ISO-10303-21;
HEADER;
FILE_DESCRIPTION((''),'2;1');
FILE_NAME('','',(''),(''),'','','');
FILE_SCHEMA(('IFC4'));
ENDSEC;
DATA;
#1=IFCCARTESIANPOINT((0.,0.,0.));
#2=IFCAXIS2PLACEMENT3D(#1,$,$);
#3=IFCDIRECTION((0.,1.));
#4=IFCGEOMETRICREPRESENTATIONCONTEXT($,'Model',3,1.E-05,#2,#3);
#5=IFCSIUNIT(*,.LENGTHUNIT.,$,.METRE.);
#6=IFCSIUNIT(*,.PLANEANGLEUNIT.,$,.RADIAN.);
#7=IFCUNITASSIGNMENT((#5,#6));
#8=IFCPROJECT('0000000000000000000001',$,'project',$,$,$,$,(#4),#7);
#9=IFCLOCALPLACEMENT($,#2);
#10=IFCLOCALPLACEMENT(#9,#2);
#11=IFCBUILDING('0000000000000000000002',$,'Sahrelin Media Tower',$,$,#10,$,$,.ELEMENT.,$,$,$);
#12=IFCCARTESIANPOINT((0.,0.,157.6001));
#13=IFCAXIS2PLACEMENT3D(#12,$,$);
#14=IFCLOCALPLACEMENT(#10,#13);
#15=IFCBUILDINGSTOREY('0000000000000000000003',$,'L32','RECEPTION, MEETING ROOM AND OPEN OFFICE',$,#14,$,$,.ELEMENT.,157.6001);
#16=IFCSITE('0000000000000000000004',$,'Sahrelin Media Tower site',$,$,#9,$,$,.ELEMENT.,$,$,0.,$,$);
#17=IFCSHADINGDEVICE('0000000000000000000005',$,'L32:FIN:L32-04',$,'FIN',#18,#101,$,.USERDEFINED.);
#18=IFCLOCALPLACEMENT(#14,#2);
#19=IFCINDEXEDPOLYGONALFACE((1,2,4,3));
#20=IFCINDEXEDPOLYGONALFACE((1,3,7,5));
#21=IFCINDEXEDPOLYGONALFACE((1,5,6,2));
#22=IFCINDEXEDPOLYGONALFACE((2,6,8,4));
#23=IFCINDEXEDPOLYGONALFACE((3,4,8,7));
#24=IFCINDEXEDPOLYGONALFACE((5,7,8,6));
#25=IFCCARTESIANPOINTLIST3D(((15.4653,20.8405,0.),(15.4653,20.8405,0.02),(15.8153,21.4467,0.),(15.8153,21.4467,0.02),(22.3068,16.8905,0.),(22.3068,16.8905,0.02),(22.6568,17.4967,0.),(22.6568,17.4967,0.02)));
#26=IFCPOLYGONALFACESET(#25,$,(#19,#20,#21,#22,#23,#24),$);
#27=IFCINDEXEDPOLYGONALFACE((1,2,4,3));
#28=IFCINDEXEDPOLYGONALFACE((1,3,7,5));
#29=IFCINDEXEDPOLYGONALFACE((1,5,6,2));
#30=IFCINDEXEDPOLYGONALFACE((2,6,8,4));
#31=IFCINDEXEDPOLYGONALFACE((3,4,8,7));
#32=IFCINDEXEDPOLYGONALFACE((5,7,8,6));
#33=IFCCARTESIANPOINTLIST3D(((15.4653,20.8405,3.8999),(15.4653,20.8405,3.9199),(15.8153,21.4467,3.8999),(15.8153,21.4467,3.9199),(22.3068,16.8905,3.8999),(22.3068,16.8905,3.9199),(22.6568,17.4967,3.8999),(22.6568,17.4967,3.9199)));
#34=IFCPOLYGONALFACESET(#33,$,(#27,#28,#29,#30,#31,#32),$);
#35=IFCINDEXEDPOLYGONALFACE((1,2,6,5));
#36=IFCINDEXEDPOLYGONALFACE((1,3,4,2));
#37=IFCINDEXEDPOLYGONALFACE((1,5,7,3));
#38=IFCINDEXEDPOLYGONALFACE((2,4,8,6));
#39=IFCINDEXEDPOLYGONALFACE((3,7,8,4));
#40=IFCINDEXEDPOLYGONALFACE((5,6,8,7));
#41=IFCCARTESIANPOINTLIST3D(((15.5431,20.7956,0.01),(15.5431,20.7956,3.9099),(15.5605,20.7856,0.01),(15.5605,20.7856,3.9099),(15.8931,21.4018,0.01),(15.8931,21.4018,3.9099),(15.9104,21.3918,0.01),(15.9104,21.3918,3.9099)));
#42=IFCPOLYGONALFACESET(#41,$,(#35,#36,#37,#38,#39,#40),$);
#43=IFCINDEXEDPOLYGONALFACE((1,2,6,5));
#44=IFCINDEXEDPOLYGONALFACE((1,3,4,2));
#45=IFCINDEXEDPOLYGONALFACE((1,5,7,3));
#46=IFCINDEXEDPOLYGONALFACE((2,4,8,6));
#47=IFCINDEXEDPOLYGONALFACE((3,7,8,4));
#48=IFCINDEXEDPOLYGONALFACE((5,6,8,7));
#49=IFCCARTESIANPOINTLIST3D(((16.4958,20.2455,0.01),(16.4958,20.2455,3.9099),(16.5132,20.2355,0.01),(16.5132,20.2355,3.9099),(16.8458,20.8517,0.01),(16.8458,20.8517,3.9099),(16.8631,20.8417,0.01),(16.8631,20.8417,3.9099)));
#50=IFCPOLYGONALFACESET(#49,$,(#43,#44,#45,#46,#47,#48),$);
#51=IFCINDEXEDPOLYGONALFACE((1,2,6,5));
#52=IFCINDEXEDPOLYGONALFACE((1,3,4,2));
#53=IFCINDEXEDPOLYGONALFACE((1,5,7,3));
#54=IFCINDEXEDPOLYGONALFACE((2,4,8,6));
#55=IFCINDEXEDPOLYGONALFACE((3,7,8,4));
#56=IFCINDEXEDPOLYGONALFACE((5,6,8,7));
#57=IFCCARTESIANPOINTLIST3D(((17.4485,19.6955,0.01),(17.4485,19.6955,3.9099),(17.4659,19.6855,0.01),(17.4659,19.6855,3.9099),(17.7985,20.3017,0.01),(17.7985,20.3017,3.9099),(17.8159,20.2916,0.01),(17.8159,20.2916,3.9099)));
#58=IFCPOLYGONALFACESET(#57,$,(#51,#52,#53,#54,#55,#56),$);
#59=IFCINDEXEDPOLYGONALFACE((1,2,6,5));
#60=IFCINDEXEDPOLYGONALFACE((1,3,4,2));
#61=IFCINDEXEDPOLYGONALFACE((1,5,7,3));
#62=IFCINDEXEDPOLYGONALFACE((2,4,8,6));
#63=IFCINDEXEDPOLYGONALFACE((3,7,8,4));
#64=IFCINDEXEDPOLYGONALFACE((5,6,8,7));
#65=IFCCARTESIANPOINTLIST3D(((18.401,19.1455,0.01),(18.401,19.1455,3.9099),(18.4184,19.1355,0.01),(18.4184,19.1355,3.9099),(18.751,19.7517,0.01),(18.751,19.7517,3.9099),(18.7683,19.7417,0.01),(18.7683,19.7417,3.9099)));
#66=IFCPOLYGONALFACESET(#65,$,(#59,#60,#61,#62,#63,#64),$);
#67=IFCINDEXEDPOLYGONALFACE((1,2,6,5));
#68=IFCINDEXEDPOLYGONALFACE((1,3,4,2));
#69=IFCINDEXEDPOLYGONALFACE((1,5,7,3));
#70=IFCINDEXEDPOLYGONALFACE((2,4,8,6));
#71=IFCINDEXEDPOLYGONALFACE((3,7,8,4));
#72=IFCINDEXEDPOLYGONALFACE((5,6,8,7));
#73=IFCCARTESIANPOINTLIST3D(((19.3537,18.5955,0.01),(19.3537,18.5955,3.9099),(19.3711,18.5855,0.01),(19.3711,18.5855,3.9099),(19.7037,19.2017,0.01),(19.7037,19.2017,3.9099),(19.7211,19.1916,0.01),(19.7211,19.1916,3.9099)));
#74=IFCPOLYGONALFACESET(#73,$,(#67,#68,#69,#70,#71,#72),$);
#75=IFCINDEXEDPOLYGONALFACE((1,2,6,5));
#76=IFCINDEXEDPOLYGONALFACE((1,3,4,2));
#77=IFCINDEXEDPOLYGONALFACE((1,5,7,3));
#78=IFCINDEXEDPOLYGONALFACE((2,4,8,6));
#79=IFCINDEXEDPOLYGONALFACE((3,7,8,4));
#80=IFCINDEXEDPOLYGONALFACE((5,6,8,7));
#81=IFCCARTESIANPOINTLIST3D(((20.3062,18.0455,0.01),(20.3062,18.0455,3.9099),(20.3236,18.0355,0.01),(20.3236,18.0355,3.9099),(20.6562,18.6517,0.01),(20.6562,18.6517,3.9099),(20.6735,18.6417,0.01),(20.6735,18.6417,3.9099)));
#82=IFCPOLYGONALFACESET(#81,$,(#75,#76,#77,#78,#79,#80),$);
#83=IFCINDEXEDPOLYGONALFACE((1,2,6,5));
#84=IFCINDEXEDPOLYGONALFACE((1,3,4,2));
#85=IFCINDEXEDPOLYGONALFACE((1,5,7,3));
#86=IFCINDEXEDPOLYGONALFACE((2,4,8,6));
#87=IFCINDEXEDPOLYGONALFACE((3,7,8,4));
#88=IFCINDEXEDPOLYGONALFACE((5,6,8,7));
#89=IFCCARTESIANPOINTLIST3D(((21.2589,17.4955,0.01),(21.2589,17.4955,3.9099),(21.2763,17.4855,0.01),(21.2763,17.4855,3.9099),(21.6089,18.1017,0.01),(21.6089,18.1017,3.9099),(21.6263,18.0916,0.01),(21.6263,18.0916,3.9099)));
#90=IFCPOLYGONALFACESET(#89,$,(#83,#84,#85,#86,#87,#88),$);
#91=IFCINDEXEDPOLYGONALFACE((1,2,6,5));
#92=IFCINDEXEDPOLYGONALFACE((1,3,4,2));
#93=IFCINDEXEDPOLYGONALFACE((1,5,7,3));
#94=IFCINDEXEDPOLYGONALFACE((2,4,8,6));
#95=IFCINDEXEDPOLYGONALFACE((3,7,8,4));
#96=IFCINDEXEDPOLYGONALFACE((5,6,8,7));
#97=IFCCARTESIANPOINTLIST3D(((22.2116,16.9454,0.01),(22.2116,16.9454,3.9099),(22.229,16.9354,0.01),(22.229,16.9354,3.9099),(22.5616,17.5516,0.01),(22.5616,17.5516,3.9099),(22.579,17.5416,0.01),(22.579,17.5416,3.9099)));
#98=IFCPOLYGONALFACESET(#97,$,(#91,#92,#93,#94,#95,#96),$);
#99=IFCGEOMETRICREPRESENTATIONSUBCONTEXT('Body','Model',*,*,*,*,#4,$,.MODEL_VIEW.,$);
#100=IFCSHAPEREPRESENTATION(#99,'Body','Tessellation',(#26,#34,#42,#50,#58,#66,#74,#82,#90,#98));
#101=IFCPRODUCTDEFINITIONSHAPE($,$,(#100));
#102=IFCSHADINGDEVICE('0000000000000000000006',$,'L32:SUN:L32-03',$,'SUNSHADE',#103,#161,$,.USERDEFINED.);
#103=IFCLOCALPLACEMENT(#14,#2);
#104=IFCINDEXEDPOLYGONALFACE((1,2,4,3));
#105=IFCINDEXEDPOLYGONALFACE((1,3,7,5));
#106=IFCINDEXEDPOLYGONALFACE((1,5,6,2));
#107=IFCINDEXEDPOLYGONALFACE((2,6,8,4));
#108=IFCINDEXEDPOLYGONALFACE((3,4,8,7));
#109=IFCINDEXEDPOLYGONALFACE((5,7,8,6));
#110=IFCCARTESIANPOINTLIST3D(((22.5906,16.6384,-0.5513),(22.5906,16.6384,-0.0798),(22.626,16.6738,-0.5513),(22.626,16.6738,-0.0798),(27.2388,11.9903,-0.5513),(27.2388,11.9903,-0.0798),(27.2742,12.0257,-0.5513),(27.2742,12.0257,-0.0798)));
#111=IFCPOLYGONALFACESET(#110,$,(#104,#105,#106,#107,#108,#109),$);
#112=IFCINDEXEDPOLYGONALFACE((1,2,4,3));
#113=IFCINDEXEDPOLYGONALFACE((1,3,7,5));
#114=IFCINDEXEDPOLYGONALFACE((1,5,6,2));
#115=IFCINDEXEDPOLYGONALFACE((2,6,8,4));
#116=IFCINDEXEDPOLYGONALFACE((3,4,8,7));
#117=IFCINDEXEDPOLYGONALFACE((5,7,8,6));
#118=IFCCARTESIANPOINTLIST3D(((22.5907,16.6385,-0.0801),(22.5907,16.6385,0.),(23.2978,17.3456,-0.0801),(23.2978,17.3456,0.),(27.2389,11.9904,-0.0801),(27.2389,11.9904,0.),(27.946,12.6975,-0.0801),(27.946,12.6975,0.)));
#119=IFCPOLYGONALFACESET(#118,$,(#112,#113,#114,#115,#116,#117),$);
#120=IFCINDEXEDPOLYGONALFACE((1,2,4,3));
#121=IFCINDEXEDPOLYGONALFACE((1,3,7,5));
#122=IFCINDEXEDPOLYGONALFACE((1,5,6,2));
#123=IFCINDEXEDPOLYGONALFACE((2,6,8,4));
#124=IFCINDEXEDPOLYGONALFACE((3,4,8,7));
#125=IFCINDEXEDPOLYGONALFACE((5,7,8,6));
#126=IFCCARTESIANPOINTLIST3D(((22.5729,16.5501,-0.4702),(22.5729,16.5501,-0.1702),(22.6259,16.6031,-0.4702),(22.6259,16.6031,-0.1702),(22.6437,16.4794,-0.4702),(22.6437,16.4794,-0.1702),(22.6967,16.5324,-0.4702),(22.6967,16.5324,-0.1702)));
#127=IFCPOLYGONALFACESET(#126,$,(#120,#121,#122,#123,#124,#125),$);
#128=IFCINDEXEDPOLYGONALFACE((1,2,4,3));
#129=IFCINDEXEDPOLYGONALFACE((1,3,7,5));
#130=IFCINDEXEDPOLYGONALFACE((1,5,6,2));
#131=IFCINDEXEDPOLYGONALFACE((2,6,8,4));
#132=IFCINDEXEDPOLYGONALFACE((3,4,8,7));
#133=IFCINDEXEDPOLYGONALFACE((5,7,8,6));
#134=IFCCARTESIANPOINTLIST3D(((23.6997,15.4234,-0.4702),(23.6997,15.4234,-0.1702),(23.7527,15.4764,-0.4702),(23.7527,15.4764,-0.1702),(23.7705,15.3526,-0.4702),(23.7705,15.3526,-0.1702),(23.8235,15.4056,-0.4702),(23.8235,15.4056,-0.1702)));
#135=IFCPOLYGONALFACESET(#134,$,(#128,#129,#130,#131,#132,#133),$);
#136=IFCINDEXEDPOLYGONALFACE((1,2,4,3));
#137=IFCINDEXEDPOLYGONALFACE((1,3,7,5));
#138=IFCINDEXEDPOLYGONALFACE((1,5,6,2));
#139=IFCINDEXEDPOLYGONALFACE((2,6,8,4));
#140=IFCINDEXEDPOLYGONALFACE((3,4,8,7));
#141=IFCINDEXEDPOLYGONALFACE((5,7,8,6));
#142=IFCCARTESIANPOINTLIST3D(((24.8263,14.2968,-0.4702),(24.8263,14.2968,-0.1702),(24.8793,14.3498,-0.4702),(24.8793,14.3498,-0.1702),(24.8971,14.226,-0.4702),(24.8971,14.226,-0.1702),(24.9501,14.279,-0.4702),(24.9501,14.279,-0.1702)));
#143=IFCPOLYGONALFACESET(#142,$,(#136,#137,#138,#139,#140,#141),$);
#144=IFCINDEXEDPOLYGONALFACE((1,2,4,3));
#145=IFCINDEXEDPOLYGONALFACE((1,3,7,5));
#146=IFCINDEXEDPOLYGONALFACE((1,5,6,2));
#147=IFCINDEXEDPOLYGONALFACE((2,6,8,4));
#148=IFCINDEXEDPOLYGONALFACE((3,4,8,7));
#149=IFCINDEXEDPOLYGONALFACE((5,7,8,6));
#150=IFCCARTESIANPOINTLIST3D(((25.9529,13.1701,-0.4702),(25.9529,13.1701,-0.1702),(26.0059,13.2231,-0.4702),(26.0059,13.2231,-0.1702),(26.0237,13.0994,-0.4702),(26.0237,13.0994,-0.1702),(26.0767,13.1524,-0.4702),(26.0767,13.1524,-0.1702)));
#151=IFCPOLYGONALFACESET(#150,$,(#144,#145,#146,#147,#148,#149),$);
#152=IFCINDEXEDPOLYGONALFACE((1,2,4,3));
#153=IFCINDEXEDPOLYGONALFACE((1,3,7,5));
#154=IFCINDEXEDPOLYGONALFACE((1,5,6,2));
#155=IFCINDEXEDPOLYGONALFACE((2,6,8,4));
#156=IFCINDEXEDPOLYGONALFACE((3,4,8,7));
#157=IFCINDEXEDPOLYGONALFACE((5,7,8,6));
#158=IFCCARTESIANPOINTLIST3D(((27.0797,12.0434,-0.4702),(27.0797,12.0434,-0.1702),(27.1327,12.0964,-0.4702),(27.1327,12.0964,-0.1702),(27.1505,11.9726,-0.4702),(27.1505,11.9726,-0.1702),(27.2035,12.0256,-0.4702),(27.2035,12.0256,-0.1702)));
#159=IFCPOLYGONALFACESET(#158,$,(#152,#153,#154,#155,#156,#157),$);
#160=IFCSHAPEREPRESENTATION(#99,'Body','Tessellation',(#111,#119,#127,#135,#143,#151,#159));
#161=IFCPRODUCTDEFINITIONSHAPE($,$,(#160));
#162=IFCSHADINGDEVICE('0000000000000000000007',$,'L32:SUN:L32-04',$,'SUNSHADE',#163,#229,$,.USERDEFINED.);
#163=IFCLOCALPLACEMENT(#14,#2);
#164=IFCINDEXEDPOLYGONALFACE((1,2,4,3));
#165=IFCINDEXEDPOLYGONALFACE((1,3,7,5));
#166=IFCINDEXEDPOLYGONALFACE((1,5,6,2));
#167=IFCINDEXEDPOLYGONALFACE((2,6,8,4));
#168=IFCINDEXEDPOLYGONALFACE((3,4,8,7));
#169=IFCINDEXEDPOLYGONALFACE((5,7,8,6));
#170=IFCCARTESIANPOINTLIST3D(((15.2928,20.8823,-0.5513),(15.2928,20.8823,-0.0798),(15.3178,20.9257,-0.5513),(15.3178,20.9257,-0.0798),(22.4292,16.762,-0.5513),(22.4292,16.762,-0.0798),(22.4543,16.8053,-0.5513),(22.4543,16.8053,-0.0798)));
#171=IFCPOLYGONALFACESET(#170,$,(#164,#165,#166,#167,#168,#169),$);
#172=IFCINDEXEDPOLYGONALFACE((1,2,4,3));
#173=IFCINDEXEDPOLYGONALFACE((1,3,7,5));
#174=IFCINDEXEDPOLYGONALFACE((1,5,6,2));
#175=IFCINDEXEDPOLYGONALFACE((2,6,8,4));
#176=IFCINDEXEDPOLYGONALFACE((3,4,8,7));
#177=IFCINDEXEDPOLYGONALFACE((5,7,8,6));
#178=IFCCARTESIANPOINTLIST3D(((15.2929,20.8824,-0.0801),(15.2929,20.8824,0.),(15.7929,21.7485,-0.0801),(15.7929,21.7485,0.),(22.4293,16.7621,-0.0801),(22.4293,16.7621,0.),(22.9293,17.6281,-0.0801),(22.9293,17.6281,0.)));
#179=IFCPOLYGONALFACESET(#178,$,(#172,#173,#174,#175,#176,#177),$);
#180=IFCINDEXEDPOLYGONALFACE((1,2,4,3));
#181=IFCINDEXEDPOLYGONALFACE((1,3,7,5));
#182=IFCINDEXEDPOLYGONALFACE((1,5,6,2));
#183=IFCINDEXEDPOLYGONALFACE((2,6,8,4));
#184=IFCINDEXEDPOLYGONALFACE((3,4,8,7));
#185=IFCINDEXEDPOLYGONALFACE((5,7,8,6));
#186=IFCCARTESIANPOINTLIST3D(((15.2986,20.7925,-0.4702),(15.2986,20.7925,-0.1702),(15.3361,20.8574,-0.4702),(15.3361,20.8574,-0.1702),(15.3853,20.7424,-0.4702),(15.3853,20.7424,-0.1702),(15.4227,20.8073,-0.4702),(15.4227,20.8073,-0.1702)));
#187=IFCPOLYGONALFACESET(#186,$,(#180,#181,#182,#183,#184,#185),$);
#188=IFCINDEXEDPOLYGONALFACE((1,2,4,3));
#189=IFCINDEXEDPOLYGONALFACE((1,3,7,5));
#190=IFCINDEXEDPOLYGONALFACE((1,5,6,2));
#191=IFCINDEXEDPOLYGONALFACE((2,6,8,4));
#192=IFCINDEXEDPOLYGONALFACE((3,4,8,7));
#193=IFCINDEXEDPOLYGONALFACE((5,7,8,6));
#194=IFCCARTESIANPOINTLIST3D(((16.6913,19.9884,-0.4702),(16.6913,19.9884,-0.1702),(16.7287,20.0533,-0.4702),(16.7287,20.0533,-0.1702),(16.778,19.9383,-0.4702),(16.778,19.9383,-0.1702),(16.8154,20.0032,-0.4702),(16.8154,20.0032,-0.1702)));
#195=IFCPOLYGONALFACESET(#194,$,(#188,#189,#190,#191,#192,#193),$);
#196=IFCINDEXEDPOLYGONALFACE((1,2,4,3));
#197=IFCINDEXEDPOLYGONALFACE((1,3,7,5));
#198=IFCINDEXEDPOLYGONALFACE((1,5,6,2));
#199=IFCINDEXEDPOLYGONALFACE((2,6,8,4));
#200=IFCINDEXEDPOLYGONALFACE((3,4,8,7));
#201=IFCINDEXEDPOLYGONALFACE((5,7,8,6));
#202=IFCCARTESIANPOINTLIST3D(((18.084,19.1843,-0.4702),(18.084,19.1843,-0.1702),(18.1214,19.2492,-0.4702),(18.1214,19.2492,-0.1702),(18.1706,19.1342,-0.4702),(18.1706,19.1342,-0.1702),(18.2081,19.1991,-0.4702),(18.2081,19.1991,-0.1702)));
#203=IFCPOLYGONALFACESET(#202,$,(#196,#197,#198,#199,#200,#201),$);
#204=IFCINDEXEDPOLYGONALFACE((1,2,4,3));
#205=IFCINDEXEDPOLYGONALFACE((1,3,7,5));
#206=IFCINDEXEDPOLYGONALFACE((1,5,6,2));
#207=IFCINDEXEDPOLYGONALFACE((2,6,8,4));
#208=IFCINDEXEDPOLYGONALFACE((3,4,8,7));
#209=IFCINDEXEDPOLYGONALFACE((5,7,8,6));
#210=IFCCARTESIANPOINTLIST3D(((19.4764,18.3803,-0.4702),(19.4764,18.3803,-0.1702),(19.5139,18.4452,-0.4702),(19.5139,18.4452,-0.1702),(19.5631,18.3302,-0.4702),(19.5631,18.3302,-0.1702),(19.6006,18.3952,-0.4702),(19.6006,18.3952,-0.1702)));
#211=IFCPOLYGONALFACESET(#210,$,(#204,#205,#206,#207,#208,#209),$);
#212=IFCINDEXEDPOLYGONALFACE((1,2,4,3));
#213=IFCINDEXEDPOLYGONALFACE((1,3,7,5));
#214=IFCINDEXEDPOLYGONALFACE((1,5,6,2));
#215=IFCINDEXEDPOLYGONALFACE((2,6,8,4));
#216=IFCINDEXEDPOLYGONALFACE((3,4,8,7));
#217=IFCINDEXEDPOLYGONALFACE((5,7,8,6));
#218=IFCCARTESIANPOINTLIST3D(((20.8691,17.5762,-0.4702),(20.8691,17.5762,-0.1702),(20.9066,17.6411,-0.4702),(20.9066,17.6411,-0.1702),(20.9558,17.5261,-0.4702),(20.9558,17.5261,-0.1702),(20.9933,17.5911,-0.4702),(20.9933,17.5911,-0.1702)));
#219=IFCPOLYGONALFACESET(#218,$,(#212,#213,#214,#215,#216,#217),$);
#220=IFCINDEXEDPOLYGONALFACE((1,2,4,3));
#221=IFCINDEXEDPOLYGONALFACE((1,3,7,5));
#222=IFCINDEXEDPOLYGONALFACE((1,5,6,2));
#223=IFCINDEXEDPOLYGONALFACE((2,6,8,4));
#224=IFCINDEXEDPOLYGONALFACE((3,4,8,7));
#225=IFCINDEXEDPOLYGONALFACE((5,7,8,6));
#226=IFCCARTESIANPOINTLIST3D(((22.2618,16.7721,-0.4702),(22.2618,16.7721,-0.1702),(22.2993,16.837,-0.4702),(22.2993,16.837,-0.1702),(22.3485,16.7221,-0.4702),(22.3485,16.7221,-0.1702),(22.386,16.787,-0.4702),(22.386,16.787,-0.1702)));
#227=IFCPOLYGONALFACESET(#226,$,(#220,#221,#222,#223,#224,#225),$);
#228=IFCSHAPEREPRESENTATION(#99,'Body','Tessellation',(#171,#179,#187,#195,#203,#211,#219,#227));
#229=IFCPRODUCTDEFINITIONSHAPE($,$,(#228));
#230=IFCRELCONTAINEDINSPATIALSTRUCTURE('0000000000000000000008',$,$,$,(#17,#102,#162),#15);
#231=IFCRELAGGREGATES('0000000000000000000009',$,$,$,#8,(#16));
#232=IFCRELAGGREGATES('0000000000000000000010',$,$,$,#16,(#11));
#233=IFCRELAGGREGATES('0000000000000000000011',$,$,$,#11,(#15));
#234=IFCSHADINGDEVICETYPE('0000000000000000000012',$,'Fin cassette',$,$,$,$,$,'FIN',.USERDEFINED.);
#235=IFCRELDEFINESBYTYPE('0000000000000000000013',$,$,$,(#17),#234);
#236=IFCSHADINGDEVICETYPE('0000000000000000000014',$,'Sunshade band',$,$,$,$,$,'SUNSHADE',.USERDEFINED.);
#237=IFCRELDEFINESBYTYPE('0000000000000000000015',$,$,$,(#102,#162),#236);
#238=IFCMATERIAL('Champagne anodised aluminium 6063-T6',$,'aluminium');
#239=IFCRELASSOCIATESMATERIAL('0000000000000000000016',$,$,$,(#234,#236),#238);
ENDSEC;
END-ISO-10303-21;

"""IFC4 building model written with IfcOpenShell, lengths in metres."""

from ifc_helpers import new_model, si_unit, direction, frame, origin, origin_2d, place, context, subcontext, project, spatial, rectangle, extrude, material, type_object, element, save


model = new_model("IFC4")

# Units and contexts
model_context = context("Model", 3, precision=1e-05, world=origin(), true_north=direction((0.0, 1.0)))
body_context = subcontext(model_context, "Body", "Model", "MODEL_VIEW")
ifc_project = project(units=[si_unit("LENGTHUNIT", "METRE"), si_unit("PLANEANGLEUNIT", "RADIAN")], contexts=[model_context])

# Site, building, storey
site_placement = place(None, origin())
site = spatial("IfcSite", under=ifc_project, at=site_placement, Name="Sahrelin Media Tower site", CompositionType="ELEMENT", RefElevation=0.0)
building_placement = place(site_placement, origin())
building = spatial("IfcBuilding", under=site, at=building_placement, Name="Sahrelin Media Tower", CompositionType="ELEMENT")
storey_placement = place(building_placement, frame((0.0, 0.0, 157.6001)))
storey = spatial("IfcBuildingStorey", under=building, at=storey_placement, Name="L32", Description="RECEPTION, MEETING ROOM AND OPEN OFFICE", CompositionType="ELEMENT", Elevation=157.6001)

# Shared definitions
ifc_material_1 = material(Name="Champagne anodised aluminium 6063-T6", Category="aluminium")

# Shading devices
shading_device_type_1 = type_object("IfcShadingDeviceType", Name="Fin cassette", ElementType="FIN", PredefinedType="USERDEFINED", material=ifc_material_1)
placement_1 = place(storey_placement, frame((24.9006, 14.3003, 0.0), z_axis=(0.0, 0.0, 1.0), x_axis=(0.707107, -0.707107, 0.0)))
placement_2 = place(storey_placement, frame((18.8511, 18.8049, 0.0), z_axis=(0.0, 0.0, 1.0), x_axis=(0.866019, -0.500011, 0.0)))
element("IfcShadingDevice", 1, at=placement_2, inside=storey, type_object=shading_device_type_1, Name="L32:FIN:L32-04", ObjectType="FIN", PredefinedType="USERDEFINED", context=body_context, shape_type="SweptSolid", body=[
    extrude(rectangle(XDim=7.8999, YDim=0.7, at=origin_2d()), frame((0.0, 0.4199, 0.0)), (0.0, 0.0, 1.0), 0.02),
    extrude(rectangle(XDim=7.8999, YDim=0.7, at=origin_2d()), frame((0.0, 0.4199, 3.8999)), (0.0, 0.0, 1.0), 0.02),
    extrude(rectangle(XDim=0.02, YDim=0.7, at=origin_2d()), frame((-3.8501, 0.4199, 0.01), z_axis=(0.0, 0.0, 1.0), x_axis=(1.0, 0.0, 0.0)), (0.0, 0.0, 1.0), 3.8999),
    extrude(rectangle(XDim=0.02, YDim=0.7, at=origin_2d()), frame((-2.75, 0.4199, 0.01), z_axis=(0.0, 0.0, 1.0), x_axis=(1.0, 0.0, 0.0)), (0.0, 0.0, 1.0), 3.8999),
    extrude(rectangle(XDim=0.02, YDim=0.7, at=origin_2d()), frame((-1.6499, 0.4199, 0.01), z_axis=(0.0, 0.0, 1.0), x_axis=(1.0, 0.0, 0.0)), (0.0, 0.0, 1.0), 3.8999),
    extrude(rectangle(XDim=0.02, YDim=0.7, at=origin_2d()), frame((-0.55, 0.4199, 0.01), z_axis=(0.0, 0.0, 1.0), x_axis=(1.0, 0.0, 0.0)), (0.0, 0.0, 1.0), 3.8999),
    extrude(rectangle(XDim=0.02, YDim=0.7, at=origin_2d()), frame((0.55, 0.4199, 0.01), z_axis=(0.0, 0.0, 1.0), x_axis=(1.0, 0.0, 0.0)), (0.0, 0.0, 1.0), 3.8999),
    extrude(rectangle(XDim=0.02, YDim=0.7, at=origin_2d()), frame((1.6499, 0.4199, 0.01), z_axis=(0.0, 0.0, 1.0), x_axis=(1.0, 0.0, 0.0)), (0.0, 0.0, 1.0), 3.8999),
    extrude(rectangle(XDim=0.02, YDim=0.7, at=origin_2d()), frame((2.75, 0.4199, 0.01), z_axis=(0.0, 0.0, 1.0), x_axis=(1.0, 0.0, 0.0)), (0.0, 0.0, 1.0), 3.8999),
    extrude(rectangle(XDim=0.02, YDim=0.7, at=origin_2d()), frame((3.8501, 0.4199, 0.01), z_axis=(0.0, 0.0, 1.0), x_axis=(1.0, 0.0, 0.0)), (0.0, 0.0, 1.0), 3.8999),
])
shading_device_type_2 = type_object("IfcShadingDeviceType", Name="Sunshade band", ElementType="SUNSHADE", PredefinedType="USERDEFINED", material=ifc_material_1)
element("IfcShadingDevice", 2, at=placement_1, inside=storey, type_object=shading_device_type_2, Name="L32:SUN:L32-03", ObjectType="SUNSHADE", PredefinedType="USERDEFINED", context=body_context, shape_type="SweptSolid", body=[
    extrude(rectangle(XDim=6.5735, YDim=0.05, at=origin_2d()), frame((0.0, 0.0449, -0.5513)), (0.0, 0.0, 1.0), 0.4714),
    extrude(rectangle(XDim=6.5735, YDim=1.0, at=origin_2d()), frame((0.0, 0.52, -0.0801)), (0.0, 0.0, 1.0), 0.0801),
    extrude(rectangle(XDim=0.1001, YDim=0.075, at=origin_2d()), frame((-3.1868, -0.0176, -0.4702)), (0.0, 0.0, 1.0), 0.3),
    extrude(rectangle(XDim=0.1001, YDim=0.075, at=origin_2d()), frame((-1.5933, -0.0176, -0.4702)), (0.0, 0.0, 1.0), 0.3),
    extrude(rectangle(XDim=0.1001, YDim=0.075, at=origin_2d()), frame((0.0, -0.0176, -0.4702)), (0.0, 0.0, 1.0), 0.3),
    extrude(rectangle(XDim=0.1001, YDim=0.075, at=origin_2d()), frame((1.5933, -0.0176, -0.4702)), (0.0, 0.0, 1.0), 0.3),
    extrude(rectangle(XDim=0.1001, YDim=0.075, at=origin_2d()), frame((3.1868, -0.0176, -0.4702)), (0.0, 0.0, 1.0), 0.3),
])
element("IfcShadingDevice", 3, at=placement_2, inside=storey, type_object=shading_device_type_2, Name="L32:SUN:L32-04", ObjectType="SUNSHADE", PredefinedType="USERDEFINED", context=body_context, shape_type="SweptSolid", body=[
    extrude(rectangle(XDim=8.2405, YDim=0.05, at=origin_2d()), frame((0.0, 0.0449, -0.5513)), (0.0, 0.0, 1.0), 0.4714),
    extrude(rectangle(XDim=8.2405, YDim=1.0, at=origin_2d()), frame((0.0, 0.52, -0.0801)), (0.0, 0.0, 1.0), 0.0801),
    extrude(rectangle(XDim=0.1001, YDim=0.075, at=origin_2d()), frame((-4.0203, -0.0176, -0.4702)), (0.0, 0.0, 1.0), 0.3),
    extrude(rectangle(XDim=0.1001, YDim=0.075, at=origin_2d()), frame((-2.4121, -0.0176, -0.4702)), (0.0, 0.0, 1.0), 0.3),
    extrude(rectangle(XDim=0.1001, YDim=0.075, at=origin_2d()), frame((-0.804, -0.0176, -0.4702)), (0.0, 0.0, 1.0), 0.3),
    extrude(rectangle(XDim=0.1001, YDim=0.075, at=origin_2d()), frame((0.804, -0.0176, -0.4702)), (0.0, 0.0, 1.0), 0.3),
    extrude(rectangle(XDim=0.1001, YDim=0.075, at=origin_2d()), frame((2.4121, -0.0176, -0.4702)), (0.0, 0.0, 1.0), 0.3),
    extrude(rectangle(XDim=0.1001, YDim=0.075, at=origin_2d()), frame((4.0203, -0.0176, -0.4702)), (0.0, 0.0, 1.0), 0.3),
])

save(model, "model.ifc")
